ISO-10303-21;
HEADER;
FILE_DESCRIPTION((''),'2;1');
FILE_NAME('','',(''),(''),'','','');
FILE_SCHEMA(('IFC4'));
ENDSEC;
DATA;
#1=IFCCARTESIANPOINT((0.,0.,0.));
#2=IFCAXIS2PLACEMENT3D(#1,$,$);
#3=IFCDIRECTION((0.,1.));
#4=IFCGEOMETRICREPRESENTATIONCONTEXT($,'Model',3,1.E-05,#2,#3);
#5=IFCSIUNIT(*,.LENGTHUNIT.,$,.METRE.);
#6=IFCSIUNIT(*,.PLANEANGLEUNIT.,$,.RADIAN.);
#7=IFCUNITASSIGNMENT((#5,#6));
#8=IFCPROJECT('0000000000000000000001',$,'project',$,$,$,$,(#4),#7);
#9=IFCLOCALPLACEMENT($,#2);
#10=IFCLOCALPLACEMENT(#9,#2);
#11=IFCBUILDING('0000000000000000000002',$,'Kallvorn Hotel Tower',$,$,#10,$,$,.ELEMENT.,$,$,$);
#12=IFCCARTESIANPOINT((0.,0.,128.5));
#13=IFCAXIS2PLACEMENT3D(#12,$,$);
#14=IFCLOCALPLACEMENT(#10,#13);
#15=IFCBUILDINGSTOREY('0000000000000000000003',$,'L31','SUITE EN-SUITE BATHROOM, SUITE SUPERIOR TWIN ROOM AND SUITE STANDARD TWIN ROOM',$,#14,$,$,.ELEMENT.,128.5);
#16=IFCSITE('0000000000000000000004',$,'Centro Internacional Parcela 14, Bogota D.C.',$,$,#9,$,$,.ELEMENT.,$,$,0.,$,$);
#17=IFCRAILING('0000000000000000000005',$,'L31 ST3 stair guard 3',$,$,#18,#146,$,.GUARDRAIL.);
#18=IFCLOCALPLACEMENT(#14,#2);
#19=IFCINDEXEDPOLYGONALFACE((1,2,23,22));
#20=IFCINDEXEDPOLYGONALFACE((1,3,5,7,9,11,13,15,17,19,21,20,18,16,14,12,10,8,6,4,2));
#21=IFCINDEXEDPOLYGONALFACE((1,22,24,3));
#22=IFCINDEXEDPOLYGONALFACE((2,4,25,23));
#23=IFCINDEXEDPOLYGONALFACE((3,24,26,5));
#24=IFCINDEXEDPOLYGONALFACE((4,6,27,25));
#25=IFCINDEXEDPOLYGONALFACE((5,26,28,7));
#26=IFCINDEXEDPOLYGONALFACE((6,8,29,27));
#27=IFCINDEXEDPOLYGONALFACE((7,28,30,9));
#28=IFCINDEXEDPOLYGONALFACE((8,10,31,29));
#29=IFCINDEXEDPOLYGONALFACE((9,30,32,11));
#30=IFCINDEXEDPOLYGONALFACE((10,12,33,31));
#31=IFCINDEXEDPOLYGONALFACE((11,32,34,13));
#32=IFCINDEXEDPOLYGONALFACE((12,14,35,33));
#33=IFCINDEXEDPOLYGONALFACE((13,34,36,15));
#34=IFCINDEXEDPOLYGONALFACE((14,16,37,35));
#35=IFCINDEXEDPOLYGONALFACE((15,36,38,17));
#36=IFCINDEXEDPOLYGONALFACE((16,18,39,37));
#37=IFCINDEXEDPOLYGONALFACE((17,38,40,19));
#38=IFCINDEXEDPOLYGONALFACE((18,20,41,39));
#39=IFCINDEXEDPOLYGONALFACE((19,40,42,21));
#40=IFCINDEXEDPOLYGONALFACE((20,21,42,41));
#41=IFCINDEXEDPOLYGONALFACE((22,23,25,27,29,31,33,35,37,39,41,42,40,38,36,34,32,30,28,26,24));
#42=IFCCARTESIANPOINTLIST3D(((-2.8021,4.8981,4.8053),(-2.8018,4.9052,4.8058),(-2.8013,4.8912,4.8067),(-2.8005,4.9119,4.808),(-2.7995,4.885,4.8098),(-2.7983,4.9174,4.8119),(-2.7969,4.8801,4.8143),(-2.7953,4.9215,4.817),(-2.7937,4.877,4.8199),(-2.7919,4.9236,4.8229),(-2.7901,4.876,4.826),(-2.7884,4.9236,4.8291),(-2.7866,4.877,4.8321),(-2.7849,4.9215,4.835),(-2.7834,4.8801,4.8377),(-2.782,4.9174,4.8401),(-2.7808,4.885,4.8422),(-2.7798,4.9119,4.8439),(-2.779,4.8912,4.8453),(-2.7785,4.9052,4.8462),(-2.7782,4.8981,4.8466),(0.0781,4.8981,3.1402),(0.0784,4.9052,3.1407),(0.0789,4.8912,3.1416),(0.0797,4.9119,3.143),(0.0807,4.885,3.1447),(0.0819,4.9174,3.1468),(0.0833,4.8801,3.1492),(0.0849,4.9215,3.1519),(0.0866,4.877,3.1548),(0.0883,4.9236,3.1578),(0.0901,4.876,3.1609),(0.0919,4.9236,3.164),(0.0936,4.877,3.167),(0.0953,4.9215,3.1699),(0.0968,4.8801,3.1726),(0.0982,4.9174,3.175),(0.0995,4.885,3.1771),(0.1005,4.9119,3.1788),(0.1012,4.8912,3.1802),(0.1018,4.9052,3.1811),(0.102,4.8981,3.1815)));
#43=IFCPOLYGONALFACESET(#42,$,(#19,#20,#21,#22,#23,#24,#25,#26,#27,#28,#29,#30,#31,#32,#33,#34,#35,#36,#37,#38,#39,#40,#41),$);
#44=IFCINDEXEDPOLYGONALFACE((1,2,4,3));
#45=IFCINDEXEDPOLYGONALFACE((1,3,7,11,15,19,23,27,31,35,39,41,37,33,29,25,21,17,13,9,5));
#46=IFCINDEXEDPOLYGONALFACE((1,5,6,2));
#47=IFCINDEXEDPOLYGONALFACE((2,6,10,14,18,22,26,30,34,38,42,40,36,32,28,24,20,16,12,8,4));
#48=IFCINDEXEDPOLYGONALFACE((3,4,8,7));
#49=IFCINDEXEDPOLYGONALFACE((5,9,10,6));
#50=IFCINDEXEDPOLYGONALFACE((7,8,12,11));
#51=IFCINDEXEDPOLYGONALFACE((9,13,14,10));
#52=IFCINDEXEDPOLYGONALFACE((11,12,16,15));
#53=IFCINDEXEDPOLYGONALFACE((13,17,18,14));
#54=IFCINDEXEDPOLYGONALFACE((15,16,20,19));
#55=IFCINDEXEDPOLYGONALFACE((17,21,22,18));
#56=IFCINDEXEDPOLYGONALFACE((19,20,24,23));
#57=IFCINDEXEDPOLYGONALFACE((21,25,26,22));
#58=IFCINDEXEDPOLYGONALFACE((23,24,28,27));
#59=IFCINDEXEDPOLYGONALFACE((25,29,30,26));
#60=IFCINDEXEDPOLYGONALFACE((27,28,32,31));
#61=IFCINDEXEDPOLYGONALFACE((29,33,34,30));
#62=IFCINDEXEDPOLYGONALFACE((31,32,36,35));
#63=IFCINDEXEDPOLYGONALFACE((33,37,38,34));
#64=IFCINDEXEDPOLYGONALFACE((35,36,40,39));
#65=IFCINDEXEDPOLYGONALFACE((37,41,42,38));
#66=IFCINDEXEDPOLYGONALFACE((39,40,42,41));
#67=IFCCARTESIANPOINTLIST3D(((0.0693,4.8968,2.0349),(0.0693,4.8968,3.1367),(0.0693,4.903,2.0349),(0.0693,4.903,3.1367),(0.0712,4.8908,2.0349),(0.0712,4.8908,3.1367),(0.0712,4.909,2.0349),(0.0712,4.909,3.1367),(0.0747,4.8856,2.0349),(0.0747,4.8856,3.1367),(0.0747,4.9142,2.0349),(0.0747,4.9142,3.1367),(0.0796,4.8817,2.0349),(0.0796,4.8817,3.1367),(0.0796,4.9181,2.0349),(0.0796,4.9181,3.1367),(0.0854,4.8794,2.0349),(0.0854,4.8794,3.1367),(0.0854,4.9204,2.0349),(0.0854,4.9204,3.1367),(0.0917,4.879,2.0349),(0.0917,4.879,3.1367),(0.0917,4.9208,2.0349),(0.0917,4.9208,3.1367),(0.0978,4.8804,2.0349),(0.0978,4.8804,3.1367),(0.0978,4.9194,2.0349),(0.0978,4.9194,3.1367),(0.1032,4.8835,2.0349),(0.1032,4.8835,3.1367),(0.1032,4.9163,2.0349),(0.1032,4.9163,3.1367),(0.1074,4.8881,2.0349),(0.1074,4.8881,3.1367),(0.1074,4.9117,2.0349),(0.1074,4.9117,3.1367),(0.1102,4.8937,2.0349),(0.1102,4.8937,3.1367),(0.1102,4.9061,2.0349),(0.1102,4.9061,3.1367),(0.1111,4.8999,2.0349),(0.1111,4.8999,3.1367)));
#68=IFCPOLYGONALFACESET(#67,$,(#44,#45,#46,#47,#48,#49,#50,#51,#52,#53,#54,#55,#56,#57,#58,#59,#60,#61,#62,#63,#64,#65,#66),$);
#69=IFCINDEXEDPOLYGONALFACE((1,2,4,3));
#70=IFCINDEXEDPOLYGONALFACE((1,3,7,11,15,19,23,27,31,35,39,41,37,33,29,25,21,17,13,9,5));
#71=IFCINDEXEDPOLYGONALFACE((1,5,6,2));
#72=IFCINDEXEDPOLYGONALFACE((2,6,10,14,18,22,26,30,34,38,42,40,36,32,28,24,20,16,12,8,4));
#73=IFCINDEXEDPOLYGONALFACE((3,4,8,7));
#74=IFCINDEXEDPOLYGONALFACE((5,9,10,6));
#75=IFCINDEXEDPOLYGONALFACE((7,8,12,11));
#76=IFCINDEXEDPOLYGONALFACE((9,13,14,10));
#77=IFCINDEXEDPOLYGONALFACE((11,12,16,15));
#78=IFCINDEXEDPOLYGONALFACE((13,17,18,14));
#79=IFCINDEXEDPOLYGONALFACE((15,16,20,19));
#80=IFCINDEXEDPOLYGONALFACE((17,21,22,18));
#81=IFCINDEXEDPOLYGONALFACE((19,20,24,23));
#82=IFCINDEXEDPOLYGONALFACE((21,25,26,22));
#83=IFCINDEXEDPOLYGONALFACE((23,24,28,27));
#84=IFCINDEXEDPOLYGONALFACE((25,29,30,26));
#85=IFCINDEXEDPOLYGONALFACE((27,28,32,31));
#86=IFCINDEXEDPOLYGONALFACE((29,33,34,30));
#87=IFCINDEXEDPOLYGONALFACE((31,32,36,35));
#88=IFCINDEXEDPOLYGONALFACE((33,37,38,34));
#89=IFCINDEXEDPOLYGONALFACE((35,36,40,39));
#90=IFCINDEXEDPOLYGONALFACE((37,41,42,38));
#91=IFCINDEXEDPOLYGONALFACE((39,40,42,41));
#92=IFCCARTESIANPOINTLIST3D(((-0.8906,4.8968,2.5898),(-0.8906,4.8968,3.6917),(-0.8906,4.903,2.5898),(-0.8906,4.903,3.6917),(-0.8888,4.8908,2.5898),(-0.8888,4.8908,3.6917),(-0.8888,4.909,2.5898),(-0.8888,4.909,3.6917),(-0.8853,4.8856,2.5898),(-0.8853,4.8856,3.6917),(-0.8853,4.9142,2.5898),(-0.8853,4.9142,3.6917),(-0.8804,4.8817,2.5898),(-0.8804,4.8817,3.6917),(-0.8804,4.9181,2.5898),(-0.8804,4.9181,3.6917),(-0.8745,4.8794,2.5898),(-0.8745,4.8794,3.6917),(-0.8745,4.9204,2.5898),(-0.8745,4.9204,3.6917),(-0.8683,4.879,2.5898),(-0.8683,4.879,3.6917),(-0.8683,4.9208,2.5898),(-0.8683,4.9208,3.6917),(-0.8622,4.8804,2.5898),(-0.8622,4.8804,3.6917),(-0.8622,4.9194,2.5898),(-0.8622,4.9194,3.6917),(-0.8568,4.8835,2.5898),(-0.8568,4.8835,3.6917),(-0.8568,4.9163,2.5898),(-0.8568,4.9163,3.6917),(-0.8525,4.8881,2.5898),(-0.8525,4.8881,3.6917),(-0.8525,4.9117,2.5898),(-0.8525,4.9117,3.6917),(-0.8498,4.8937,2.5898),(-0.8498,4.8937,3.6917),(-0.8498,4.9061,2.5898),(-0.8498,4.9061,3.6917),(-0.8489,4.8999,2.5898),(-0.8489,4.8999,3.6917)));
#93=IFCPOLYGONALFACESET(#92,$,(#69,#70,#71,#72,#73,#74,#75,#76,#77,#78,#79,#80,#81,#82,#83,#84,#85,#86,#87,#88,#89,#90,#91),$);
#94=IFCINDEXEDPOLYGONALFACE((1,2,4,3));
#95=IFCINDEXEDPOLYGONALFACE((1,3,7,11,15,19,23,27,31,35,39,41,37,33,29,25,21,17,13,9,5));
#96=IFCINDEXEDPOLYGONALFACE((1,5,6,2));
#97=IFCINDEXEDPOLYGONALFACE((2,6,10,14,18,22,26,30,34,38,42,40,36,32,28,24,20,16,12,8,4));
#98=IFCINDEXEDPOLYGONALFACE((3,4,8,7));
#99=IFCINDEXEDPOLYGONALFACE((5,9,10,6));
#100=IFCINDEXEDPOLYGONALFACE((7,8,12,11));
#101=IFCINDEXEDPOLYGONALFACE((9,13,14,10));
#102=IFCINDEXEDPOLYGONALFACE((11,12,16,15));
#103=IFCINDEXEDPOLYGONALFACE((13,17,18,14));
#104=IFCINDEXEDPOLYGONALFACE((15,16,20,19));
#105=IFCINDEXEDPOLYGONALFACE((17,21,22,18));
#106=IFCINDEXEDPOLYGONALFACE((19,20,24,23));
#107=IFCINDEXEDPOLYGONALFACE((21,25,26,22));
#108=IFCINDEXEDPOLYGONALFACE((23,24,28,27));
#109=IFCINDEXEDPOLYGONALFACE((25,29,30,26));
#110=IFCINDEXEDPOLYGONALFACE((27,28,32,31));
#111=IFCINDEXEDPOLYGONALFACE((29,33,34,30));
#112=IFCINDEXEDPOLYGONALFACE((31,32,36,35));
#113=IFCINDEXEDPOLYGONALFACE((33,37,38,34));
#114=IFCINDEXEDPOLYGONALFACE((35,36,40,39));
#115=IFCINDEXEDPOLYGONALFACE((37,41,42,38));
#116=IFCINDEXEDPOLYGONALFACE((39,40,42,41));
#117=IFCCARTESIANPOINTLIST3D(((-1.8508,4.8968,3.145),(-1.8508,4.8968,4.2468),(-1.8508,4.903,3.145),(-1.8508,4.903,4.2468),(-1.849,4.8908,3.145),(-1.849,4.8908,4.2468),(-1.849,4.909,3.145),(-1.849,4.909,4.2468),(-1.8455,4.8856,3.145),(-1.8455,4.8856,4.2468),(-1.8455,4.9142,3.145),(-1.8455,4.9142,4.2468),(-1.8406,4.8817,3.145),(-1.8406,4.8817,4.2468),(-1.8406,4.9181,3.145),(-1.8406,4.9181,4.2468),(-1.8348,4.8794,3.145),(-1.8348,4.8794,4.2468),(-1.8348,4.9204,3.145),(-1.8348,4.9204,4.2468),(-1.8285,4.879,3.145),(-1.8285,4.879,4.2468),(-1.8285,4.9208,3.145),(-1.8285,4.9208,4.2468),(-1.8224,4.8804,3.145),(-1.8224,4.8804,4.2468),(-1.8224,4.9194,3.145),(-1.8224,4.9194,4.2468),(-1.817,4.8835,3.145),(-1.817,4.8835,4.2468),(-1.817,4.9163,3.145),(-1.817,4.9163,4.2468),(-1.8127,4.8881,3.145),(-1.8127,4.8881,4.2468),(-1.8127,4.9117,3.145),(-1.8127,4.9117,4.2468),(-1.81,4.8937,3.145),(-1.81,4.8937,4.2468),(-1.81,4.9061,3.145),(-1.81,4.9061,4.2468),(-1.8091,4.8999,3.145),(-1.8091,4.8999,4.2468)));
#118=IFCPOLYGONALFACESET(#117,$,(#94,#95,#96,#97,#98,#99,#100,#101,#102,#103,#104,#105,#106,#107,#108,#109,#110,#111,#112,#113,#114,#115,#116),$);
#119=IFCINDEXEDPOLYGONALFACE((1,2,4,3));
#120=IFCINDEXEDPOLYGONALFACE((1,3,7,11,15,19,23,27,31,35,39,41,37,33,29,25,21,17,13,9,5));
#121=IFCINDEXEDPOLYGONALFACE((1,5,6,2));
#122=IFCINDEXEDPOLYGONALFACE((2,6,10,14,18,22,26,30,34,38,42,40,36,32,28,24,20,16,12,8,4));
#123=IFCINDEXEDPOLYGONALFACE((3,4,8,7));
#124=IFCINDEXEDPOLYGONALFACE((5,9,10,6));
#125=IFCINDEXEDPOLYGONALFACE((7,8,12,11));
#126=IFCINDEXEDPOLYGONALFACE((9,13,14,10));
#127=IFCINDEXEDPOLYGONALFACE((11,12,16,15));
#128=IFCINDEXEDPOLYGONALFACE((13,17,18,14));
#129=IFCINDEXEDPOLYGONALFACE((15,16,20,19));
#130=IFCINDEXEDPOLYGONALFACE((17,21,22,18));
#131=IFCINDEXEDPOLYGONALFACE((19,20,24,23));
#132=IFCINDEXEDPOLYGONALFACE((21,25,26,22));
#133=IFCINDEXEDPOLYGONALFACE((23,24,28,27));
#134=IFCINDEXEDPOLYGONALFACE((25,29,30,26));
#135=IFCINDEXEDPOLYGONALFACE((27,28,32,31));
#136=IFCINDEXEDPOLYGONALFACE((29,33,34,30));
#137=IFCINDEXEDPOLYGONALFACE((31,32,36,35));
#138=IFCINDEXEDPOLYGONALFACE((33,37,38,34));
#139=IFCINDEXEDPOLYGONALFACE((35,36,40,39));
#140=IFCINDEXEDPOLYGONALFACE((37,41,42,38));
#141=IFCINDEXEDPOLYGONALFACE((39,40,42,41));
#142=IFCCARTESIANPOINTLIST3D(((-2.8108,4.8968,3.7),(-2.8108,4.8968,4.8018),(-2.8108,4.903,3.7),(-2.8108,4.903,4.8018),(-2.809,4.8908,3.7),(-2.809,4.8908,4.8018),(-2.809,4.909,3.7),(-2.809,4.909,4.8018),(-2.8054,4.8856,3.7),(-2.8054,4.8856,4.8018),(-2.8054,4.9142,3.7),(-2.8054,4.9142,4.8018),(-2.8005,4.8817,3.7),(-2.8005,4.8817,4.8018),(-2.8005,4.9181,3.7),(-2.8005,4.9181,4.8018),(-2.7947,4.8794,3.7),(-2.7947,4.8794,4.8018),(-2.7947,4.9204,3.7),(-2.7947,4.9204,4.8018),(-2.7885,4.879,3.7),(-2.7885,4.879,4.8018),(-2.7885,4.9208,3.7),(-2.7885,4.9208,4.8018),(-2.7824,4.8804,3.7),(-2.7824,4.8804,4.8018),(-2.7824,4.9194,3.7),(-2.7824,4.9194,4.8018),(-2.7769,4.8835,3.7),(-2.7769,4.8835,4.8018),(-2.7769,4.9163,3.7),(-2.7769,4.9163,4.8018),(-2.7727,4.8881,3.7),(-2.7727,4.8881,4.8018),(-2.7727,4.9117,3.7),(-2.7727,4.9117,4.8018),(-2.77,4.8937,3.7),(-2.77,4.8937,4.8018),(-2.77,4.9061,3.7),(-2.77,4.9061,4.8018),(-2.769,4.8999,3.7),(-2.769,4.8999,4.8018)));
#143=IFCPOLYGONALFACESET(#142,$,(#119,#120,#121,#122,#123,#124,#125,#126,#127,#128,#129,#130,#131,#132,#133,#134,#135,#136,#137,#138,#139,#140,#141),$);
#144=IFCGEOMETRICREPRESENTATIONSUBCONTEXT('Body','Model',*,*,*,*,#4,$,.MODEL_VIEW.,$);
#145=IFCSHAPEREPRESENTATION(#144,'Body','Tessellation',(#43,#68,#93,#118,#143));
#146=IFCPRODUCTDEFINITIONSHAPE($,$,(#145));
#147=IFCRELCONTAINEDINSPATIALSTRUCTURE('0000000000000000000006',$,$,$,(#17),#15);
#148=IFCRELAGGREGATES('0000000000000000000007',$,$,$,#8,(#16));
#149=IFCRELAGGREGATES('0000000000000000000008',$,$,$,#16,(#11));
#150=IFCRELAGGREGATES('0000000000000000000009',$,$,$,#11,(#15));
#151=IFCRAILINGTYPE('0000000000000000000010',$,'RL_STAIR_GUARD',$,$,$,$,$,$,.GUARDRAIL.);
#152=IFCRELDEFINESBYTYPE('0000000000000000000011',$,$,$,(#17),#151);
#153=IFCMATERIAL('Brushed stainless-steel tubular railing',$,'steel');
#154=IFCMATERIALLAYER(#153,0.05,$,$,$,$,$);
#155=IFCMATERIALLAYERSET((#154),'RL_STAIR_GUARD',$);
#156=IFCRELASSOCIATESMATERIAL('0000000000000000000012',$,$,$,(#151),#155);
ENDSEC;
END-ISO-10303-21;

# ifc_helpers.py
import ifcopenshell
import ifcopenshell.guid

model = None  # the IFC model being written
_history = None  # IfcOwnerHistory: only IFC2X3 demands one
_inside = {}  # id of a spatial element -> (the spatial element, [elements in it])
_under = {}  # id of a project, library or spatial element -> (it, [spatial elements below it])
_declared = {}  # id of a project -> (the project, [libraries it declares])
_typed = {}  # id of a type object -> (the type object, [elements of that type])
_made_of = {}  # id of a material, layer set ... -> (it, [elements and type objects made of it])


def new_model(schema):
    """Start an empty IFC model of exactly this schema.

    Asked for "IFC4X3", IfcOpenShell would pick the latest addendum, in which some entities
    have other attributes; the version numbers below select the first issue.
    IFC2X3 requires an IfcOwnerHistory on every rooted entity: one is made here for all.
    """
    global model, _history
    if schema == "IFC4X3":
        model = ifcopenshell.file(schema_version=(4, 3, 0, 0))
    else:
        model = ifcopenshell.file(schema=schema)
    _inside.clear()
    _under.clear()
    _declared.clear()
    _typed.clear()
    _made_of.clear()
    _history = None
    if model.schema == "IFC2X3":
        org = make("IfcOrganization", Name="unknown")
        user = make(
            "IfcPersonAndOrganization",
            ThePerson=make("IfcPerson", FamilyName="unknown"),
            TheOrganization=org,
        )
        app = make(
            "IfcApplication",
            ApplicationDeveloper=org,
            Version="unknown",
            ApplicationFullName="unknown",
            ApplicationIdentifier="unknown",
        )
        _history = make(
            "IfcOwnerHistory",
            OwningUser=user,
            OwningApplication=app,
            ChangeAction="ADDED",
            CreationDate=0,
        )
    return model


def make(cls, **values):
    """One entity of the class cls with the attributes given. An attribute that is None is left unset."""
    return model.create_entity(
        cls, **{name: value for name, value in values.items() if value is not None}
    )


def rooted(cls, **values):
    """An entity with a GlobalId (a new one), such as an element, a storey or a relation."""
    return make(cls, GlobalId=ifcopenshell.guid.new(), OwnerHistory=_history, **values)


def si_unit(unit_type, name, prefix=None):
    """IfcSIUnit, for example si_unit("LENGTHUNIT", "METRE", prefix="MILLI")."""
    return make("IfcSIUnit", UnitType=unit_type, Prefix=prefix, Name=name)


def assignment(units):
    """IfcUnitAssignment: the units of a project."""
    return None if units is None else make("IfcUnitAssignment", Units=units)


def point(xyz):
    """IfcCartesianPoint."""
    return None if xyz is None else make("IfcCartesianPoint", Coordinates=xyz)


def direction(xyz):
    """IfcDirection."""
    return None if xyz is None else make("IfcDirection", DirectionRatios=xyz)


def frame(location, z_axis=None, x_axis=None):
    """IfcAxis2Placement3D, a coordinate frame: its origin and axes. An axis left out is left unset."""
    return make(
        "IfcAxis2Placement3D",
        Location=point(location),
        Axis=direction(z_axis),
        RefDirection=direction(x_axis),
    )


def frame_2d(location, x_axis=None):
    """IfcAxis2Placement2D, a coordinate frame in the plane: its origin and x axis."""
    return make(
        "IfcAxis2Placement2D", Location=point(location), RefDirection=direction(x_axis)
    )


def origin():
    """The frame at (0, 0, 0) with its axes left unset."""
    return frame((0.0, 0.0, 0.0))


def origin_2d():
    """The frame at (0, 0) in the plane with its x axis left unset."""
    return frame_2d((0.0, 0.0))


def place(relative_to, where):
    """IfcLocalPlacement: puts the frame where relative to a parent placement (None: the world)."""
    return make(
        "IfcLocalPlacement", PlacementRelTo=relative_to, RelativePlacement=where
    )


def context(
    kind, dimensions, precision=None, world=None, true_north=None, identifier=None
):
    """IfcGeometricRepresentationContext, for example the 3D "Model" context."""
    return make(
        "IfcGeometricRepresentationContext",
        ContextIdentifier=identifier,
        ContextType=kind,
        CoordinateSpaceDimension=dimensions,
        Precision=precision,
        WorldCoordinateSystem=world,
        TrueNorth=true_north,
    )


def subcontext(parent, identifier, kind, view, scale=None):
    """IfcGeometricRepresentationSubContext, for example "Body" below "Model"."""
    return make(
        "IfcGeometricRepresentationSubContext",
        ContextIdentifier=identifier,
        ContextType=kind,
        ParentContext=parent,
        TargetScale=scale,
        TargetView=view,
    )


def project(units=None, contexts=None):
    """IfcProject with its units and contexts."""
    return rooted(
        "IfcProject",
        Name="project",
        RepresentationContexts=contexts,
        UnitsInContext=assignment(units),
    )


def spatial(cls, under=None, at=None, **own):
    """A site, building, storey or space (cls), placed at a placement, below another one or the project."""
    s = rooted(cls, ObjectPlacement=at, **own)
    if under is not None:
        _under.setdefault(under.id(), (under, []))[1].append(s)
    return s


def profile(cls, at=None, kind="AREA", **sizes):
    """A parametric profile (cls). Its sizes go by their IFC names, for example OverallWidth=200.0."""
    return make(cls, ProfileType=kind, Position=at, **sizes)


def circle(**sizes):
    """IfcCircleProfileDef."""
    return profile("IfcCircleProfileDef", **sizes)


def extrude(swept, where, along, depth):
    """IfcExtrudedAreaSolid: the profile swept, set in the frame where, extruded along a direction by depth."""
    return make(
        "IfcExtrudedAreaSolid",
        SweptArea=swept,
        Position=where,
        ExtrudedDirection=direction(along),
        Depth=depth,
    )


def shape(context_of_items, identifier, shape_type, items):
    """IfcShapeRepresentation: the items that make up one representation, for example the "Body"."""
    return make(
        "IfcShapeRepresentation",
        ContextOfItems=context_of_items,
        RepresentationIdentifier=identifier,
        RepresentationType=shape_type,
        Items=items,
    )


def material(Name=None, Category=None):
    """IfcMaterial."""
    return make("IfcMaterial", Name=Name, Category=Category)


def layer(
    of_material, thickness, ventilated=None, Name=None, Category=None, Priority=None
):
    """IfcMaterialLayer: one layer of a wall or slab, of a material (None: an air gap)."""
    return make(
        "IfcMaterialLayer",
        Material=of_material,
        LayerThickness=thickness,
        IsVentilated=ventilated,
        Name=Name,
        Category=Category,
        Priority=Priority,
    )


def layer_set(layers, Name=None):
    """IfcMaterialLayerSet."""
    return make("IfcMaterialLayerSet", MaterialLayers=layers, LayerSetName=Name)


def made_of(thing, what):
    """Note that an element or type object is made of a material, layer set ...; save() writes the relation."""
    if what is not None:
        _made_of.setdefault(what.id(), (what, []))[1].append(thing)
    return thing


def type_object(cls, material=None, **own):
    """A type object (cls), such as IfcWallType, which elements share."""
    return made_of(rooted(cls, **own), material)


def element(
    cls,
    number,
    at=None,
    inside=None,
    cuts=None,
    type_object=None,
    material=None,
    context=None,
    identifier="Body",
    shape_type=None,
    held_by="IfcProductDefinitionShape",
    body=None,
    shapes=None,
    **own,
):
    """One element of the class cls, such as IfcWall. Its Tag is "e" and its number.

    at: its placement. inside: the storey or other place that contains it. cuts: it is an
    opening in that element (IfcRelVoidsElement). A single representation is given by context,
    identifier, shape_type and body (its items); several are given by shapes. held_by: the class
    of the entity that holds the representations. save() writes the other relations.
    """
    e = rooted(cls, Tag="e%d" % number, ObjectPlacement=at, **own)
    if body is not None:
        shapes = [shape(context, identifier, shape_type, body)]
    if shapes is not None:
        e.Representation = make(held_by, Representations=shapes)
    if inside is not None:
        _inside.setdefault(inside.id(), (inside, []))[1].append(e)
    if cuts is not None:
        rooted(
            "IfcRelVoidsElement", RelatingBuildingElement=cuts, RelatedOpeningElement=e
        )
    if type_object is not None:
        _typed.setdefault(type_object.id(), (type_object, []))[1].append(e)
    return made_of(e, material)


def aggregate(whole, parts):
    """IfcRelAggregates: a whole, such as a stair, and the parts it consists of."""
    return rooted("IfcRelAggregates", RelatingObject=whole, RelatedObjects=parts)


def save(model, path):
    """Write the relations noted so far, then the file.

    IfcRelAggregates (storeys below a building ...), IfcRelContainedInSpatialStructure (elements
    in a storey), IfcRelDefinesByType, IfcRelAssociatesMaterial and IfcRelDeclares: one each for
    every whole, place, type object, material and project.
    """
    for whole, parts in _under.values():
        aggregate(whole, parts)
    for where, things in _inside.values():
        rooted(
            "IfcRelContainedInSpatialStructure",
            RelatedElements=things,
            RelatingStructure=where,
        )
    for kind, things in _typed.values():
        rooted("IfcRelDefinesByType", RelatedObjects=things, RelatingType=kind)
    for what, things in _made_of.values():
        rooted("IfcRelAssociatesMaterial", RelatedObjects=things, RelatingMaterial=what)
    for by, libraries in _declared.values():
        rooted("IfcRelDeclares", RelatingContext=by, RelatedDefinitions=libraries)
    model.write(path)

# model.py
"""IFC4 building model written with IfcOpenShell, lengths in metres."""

from ifc_helpers import new_model, si_unit, direction, frame, origin, origin_2d, place, context, subcontext, project, spatial, circle, extrude, material, layer, layer_set, type_object, element, save


model = new_model("IFC4")

# Units and contexts
model_context = context("Model", 3, precision=1e-05, world=origin(), true_north=direction((0.0, 1.0)))
body_context = subcontext(model_context, "Body", "Model", "MODEL_VIEW")
ifc_project = project(units=[si_unit("LENGTHUNIT", "METRE"), si_unit("PLANEANGLEUNIT", "RADIAN")], contexts=[model_context])

# Site, building, storey
site_placement = place(None, origin())
site = spatial("IfcSite", under=ifc_project, at=site_placement, Name="Centro Internacional Parcela 14, Bogota D.C.", CompositionType="ELEMENT", RefElevation=0.0)
building_placement = place(site_placement, origin())
building = spatial("IfcBuilding", under=site, at=building_placement, Name="Kallvorn Hotel Tower", CompositionType="ELEMENT")
storey_placement = place(building_placement, frame((0.0, 0.0, 128.5)))
storey = spatial("IfcBuildingStorey", under=building, at=storey_placement, Name="L31", Description="SUITE EN-SUITE BATHROOM, SUITE SUPERIOR TWIN ROOM AND SUITE STANDARD TWIN ROOM", CompositionType="ELEMENT", Elevation=128.5)

# Railing
ifc_material_1 = material(Name="Brushed stainless-steel tubular railing", Category="steel")
ifc_layer_1 = layer(ifc_material_1, 0.05)
ifc_layer_set_1 = layer_set([ifc_layer_1], Name="RL_STAIR_GUARD")
railing_type_1 = type_object("IfcRailingType", Name="RL_STAIR_GUARD", PredefinedType="GUARDRAIL", material=ifc_layer_set_1)
railing_1_placement = place(storey_placement, frame((0.0901, 4.8999, 2.0349)))
element("IfcRailing", 1, at=railing_1_placement, inside=storey, type_object=railing_type_1, Name="L31 ST3 stair guard 3", PredefinedType="GUARDRAIL", context=body_context, shape_type="SweptSolid", body=[
    extrude(circle(Radius=0.0239, at=origin_2d()), frame((0.0, 0.0, 1.126), z_axis=(-0.865739, 0.0, 0.500495), x_axis=(0.0, -1.0, 0.0)), (0.0, 0.0, 1.0), 3.3269),
    extrude(circle(Radius=0.021, at=origin_2d()), origin(), (0.0, 0.0, 1.0), 1.1018),
    extrude(circle(Radius=0.021, at=origin_2d()), frame((-0.96, 0.0, 0.5549)), (0.0, 0.0, 1.0), 1.1018),
    extrude(circle(Radius=0.021, at=origin_2d()), frame((-1.9202, 0.0, 1.1101)), (0.0, 0.0, 1.0), 1.1018),
    extrude(circle(Radius=0.021, at=origin_2d()), frame((-2.8801, 0.0, 1.665)), (0.0, 0.0, 1.0), 1.1018),
])

save(model, "model.ifc")
